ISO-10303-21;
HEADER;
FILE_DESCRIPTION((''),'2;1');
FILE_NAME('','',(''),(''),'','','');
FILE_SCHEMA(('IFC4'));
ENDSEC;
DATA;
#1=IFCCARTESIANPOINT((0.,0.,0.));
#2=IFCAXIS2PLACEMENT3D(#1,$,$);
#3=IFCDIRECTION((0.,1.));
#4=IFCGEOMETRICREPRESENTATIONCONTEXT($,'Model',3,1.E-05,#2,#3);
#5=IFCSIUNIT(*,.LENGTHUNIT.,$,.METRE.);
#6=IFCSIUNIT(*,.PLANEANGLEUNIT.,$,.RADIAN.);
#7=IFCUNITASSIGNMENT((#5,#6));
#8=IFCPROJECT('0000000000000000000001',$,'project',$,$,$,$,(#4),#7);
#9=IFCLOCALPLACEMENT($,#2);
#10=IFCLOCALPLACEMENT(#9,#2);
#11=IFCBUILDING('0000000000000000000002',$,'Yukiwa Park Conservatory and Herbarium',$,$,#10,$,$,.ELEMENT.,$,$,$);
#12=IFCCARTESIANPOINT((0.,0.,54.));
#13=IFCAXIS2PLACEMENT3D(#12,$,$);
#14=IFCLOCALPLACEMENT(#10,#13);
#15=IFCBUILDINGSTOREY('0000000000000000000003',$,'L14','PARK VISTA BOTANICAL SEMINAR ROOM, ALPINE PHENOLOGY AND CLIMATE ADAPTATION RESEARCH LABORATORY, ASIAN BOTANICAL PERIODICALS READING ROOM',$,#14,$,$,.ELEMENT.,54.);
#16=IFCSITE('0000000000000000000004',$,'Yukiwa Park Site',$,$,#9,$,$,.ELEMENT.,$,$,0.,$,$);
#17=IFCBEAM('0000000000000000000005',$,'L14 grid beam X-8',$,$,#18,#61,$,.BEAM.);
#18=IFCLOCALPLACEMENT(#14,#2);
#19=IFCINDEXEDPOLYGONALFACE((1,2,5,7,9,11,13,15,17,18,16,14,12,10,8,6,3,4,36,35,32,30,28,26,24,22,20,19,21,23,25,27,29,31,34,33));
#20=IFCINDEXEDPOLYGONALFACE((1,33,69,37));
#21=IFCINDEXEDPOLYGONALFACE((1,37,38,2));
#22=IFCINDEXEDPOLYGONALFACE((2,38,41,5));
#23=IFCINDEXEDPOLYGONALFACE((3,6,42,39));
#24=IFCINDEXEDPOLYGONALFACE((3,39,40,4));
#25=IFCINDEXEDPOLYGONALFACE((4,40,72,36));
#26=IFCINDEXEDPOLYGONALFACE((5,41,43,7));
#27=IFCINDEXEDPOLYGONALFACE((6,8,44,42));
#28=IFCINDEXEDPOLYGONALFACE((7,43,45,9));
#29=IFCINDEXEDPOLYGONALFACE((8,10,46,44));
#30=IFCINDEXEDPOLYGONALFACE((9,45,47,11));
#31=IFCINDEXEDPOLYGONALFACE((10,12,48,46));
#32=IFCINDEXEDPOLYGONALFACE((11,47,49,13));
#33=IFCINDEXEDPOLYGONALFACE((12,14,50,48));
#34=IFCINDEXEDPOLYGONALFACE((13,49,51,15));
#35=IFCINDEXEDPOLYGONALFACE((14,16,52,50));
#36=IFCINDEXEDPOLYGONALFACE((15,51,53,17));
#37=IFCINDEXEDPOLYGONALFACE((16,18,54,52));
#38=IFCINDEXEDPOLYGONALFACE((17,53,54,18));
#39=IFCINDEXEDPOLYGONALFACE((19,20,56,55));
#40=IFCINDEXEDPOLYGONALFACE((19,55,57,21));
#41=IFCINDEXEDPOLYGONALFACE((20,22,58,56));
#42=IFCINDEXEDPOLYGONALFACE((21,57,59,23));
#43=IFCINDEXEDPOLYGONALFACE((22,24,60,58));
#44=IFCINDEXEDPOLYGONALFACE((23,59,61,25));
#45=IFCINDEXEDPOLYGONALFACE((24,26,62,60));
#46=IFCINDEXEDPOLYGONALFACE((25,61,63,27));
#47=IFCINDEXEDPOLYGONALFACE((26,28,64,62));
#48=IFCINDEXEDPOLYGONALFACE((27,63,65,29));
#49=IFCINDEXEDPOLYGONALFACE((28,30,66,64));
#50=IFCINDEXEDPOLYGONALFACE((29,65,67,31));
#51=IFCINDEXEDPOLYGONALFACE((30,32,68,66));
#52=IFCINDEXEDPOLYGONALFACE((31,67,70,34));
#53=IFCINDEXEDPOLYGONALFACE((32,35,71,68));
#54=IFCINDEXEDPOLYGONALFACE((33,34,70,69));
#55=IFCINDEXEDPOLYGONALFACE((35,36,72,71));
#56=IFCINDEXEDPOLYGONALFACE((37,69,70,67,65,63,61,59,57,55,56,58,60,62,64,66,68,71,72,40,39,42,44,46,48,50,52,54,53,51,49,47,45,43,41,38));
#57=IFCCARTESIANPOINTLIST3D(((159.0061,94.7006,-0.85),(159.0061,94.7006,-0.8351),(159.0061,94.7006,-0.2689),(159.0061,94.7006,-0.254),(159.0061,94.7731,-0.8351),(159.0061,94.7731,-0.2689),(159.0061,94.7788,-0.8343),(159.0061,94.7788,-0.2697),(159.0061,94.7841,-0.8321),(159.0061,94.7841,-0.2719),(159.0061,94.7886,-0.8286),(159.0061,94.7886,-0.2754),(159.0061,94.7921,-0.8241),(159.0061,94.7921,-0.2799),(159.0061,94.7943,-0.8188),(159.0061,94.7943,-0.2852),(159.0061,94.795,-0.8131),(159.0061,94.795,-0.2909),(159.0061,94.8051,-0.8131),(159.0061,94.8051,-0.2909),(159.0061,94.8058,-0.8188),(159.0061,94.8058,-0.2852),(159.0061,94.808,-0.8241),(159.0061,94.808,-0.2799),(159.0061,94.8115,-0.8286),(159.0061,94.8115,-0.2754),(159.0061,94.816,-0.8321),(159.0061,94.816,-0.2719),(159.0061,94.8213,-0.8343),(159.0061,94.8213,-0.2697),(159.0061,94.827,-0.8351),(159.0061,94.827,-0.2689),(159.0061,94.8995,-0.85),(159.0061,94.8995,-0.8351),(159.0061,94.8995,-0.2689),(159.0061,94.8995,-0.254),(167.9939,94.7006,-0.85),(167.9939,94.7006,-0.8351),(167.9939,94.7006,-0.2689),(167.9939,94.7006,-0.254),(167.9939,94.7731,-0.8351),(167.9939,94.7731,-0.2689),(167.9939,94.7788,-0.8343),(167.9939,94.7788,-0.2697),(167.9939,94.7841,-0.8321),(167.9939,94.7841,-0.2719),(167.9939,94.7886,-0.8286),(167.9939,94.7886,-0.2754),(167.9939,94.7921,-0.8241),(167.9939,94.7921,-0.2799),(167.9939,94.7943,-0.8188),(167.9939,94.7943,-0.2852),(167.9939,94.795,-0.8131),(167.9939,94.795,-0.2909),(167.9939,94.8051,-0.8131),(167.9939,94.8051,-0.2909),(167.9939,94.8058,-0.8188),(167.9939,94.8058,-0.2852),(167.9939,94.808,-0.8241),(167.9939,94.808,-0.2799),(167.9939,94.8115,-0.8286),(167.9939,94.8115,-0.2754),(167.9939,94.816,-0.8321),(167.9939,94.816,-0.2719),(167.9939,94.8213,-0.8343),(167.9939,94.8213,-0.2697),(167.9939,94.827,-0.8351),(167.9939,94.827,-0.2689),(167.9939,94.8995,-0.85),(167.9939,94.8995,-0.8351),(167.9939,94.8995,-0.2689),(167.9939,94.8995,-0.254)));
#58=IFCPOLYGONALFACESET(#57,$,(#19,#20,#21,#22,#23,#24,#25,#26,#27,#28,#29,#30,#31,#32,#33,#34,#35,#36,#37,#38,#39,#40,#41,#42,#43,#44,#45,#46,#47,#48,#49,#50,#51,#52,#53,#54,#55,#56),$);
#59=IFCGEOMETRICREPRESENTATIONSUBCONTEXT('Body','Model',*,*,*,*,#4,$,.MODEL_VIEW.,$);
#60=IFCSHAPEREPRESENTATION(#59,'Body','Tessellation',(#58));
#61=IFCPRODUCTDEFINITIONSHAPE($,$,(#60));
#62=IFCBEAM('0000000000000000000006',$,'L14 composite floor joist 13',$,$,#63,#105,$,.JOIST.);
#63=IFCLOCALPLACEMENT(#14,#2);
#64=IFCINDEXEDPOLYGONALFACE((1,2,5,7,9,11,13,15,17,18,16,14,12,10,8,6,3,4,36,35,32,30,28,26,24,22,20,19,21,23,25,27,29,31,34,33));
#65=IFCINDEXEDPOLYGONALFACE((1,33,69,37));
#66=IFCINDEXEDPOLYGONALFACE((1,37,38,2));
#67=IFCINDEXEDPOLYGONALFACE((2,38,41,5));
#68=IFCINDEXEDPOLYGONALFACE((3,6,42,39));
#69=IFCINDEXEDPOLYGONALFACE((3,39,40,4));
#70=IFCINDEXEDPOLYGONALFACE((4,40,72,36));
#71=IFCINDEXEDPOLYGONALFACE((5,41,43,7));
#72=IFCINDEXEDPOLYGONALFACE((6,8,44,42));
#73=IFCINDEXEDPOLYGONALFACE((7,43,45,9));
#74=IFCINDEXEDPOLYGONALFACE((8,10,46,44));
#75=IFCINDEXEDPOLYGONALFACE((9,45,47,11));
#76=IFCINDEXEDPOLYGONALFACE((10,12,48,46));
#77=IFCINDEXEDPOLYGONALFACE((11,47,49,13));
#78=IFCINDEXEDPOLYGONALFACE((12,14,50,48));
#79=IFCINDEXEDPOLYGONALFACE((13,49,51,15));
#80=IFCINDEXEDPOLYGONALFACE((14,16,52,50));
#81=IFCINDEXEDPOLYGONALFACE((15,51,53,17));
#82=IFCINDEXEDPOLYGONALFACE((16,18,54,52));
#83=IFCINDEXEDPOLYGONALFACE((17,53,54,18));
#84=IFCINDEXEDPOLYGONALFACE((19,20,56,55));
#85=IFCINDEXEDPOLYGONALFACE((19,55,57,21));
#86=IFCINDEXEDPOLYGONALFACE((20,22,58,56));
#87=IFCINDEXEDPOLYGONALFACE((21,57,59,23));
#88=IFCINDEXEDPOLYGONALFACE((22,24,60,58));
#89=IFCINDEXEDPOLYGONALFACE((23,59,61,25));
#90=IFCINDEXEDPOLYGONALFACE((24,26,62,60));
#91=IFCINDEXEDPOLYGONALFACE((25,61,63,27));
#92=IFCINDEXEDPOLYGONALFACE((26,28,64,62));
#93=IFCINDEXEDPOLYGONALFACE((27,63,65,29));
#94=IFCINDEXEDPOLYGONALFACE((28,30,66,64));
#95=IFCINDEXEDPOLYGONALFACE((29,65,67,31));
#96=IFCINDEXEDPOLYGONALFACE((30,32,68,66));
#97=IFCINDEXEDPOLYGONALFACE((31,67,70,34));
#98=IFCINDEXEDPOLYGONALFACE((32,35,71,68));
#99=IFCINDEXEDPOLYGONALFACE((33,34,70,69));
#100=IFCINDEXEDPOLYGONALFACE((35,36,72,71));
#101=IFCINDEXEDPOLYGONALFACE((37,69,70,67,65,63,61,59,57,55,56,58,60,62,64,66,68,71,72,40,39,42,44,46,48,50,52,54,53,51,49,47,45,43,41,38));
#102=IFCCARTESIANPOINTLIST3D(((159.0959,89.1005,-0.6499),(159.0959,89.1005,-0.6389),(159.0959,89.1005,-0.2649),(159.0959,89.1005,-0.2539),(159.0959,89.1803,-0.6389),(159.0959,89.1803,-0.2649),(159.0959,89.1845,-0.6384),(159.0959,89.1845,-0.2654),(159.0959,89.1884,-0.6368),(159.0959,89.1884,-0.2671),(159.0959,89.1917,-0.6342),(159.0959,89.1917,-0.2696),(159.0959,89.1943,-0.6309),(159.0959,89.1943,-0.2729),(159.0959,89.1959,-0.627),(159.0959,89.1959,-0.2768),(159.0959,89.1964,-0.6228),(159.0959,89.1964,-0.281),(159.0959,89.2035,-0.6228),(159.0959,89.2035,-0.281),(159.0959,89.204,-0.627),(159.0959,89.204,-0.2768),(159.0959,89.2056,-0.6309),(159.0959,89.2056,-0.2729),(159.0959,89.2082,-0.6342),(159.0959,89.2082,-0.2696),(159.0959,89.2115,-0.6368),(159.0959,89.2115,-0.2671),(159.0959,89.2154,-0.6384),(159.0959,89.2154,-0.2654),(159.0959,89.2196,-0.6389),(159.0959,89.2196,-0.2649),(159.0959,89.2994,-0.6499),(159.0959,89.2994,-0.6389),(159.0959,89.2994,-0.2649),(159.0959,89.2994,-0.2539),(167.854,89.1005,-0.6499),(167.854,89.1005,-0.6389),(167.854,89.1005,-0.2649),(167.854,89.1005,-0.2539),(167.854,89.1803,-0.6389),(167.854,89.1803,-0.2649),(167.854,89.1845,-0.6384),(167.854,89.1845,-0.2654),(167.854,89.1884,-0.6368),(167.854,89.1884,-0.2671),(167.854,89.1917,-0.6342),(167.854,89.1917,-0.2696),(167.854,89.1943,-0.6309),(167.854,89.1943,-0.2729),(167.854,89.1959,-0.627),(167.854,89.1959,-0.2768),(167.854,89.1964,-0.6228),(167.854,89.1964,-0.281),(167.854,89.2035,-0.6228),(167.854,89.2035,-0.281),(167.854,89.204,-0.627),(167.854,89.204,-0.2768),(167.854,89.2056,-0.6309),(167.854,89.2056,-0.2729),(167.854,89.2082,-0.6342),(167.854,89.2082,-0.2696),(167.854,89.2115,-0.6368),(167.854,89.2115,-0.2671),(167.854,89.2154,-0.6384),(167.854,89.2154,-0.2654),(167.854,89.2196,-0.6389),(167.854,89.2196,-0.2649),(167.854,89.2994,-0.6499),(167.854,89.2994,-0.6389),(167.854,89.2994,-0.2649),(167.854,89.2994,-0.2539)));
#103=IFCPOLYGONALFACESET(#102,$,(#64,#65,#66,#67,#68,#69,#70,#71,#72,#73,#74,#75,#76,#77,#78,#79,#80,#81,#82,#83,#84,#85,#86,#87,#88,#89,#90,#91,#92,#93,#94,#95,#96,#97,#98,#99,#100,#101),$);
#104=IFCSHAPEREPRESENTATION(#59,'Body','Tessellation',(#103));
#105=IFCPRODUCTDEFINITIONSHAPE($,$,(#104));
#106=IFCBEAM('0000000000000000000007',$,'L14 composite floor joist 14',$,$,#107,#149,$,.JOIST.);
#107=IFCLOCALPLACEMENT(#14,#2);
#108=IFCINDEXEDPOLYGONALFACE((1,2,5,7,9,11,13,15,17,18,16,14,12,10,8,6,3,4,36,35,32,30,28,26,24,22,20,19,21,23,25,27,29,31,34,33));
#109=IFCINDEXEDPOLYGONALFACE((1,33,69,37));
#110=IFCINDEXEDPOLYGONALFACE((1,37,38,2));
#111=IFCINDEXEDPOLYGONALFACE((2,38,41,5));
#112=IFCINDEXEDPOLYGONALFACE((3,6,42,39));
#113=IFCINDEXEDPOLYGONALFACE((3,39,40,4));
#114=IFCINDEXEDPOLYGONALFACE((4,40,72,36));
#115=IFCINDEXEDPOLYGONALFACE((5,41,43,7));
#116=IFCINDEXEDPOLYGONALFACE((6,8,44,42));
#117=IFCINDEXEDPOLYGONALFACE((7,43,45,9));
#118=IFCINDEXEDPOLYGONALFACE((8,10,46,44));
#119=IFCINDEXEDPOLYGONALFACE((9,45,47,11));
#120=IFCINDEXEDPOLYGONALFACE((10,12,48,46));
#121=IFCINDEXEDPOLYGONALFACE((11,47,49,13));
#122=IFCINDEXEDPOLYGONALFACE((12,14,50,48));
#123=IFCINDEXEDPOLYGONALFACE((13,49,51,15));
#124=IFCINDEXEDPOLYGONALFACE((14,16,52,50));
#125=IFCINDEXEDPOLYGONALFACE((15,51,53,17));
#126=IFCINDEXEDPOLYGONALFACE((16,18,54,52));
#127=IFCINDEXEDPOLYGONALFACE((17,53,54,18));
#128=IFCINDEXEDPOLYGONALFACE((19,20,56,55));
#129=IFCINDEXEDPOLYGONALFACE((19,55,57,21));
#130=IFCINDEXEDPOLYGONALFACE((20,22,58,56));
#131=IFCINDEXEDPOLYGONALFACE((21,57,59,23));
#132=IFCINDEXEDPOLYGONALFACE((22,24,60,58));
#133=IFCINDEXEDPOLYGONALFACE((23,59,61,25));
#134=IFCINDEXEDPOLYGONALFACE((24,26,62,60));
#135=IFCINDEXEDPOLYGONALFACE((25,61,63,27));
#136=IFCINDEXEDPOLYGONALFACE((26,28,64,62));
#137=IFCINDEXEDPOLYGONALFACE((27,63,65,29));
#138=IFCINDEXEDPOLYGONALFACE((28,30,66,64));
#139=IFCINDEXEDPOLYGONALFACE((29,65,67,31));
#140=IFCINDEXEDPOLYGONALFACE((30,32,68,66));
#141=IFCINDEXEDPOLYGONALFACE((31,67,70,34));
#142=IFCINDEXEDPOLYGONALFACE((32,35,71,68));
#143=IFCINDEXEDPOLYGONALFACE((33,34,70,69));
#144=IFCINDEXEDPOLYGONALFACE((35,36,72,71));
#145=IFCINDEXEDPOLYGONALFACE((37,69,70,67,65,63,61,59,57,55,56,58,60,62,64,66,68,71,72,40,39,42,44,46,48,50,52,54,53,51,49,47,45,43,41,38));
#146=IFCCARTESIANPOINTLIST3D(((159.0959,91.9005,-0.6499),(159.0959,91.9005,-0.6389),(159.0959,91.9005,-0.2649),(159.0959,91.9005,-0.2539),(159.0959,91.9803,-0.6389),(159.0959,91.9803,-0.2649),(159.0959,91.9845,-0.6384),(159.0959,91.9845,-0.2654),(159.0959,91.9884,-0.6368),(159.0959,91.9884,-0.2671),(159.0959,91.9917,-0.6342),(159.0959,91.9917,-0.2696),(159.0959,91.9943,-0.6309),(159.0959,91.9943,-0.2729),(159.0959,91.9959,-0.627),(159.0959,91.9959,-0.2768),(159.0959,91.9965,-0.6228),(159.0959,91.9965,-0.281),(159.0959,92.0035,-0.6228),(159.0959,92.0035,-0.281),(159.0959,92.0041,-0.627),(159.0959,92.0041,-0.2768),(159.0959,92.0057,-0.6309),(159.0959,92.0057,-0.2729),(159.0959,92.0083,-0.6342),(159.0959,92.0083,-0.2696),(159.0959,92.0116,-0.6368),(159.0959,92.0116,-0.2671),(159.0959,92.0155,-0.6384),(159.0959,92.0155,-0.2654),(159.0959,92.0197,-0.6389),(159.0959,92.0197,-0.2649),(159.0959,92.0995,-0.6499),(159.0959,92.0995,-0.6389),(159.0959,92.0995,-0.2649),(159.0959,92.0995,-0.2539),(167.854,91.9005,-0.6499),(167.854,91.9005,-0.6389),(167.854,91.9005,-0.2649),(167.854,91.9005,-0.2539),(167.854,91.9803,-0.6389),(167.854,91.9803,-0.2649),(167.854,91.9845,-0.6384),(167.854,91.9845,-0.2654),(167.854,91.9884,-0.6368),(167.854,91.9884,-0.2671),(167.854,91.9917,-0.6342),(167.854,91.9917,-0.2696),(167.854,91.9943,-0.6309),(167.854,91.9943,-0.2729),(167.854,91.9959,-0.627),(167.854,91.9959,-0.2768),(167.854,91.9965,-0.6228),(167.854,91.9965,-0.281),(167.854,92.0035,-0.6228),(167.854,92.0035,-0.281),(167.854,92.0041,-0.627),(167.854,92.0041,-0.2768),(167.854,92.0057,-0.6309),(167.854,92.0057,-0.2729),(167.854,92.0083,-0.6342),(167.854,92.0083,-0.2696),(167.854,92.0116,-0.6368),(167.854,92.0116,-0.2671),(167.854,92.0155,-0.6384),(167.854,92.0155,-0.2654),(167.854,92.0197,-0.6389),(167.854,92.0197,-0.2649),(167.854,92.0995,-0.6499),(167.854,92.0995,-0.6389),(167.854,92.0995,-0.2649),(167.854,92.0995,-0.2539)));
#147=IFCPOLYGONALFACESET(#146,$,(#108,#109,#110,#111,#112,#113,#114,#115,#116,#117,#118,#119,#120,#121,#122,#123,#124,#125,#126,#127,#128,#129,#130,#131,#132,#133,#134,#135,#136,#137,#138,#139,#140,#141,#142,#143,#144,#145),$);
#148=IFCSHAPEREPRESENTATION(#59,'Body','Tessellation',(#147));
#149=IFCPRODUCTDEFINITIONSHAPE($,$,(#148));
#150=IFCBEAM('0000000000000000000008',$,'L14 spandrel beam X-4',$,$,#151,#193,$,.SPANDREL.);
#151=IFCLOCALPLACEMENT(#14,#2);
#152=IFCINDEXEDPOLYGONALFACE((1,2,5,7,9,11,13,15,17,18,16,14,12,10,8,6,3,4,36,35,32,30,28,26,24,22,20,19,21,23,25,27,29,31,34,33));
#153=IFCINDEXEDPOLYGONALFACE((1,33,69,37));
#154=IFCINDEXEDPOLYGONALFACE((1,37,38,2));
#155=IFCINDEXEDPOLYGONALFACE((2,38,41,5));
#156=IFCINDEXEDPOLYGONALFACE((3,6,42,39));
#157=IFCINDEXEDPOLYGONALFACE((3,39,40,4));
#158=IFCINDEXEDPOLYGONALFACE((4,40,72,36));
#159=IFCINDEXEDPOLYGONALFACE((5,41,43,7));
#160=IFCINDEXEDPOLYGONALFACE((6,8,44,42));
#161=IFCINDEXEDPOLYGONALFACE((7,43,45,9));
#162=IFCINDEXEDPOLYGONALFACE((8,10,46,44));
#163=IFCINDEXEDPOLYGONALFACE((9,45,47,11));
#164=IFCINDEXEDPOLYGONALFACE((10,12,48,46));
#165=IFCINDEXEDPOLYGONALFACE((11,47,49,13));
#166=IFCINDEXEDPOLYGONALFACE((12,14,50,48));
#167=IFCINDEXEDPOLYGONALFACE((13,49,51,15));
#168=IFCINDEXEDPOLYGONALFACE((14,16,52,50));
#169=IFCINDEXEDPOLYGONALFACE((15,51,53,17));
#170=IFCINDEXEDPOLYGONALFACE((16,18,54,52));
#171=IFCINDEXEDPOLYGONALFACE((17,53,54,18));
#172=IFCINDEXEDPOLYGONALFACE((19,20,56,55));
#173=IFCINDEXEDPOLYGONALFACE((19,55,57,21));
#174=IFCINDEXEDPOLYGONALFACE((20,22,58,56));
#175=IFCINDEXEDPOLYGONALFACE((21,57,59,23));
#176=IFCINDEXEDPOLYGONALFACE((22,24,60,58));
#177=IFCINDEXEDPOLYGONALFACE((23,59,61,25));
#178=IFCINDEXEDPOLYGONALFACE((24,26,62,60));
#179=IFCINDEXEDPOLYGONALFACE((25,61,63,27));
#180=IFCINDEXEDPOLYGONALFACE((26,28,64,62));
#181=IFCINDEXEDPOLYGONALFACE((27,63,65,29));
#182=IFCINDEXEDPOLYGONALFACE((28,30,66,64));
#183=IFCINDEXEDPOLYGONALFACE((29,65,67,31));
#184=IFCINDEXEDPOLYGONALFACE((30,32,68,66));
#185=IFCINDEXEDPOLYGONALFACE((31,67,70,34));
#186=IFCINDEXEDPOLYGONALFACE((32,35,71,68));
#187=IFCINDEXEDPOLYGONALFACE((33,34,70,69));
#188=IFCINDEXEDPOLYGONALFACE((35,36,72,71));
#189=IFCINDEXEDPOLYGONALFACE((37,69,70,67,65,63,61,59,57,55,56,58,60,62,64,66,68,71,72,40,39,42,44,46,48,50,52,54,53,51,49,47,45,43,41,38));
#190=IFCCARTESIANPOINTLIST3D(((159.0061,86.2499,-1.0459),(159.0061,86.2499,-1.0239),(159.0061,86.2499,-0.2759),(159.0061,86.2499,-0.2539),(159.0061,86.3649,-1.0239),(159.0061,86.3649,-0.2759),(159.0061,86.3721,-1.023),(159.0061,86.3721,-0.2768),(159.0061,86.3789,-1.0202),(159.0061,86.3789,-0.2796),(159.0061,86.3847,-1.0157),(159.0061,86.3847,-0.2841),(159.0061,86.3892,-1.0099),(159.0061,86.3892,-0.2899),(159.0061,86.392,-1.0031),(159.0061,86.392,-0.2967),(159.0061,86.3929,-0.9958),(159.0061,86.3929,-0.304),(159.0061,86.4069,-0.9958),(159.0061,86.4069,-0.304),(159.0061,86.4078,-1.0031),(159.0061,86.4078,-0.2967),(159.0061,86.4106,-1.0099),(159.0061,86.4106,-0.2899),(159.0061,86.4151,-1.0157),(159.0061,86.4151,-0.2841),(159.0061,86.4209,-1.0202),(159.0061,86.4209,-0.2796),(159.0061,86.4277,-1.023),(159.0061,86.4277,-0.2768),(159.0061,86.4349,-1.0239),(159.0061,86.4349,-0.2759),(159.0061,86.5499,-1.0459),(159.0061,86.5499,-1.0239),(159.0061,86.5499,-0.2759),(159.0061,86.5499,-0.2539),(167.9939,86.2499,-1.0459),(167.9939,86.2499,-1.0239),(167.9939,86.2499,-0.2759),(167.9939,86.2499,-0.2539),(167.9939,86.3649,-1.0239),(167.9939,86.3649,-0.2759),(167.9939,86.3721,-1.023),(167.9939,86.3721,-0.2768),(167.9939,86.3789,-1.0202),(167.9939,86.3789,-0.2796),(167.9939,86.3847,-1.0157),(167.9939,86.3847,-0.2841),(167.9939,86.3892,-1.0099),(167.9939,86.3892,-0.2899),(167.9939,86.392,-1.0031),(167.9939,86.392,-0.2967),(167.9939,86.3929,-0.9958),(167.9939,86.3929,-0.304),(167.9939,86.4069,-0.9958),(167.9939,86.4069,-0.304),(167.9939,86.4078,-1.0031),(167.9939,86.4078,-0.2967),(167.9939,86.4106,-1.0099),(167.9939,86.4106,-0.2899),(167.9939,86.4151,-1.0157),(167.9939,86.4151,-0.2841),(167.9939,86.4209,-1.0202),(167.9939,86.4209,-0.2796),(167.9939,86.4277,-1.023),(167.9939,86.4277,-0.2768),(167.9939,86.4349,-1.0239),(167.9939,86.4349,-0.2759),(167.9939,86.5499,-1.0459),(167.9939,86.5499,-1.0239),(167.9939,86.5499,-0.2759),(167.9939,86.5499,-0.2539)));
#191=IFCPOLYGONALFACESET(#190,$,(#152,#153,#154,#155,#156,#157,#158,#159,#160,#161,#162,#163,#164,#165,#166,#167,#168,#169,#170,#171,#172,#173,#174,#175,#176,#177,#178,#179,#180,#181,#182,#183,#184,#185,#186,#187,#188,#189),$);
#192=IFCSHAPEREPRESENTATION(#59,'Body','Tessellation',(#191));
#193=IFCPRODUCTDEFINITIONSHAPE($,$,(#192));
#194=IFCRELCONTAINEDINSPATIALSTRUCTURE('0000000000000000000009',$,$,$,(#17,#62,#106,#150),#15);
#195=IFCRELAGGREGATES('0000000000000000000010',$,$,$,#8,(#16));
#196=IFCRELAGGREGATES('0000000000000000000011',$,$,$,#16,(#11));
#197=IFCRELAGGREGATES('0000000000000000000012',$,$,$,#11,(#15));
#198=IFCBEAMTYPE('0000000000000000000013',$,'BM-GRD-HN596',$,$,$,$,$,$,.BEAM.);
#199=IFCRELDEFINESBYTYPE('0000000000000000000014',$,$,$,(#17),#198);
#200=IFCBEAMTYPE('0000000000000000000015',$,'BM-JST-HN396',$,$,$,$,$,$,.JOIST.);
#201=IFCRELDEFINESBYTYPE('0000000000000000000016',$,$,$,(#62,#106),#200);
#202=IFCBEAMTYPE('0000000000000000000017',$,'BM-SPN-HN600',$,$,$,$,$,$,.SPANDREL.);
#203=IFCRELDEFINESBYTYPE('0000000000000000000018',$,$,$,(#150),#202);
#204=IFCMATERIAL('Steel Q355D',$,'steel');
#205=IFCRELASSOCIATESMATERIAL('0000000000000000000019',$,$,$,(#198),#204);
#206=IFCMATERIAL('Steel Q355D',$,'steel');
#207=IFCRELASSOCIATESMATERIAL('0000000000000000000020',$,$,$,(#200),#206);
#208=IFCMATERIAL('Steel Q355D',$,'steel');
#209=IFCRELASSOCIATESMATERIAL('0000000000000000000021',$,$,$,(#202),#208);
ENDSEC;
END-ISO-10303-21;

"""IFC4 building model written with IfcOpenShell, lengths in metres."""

from ifc_helpers import new_model, si_unit, direction, frame, origin, origin_2d, place, context, subcontext, project, spatial, i_section, extrude, material, material_profile, profile_set, type_object, element, save


model = new_model("IFC4")

# Units and contexts
model_context = context("Model", 3, precision=1e-05, world=origin(), true_north=direction((0.0, 1.0)))
body_context = subcontext(model_context, "Body", "Model", "MODEL_VIEW")
ifc_project = project(units=[si_unit("LENGTHUNIT", "METRE"), si_unit("PLANEANGLEUNIT", "RADIAN")], contexts=[model_context])

# Site, building, storey
site_placement = place(None, origin())
site = spatial("IfcSite", under=ifc_project, at=site_placement, Name="Yukiwa Park Site", CompositionType="ELEMENT", RefElevation=0.0)
building_placement = place(site_placement, origin())
building = spatial("IfcBuilding", under=site, at=building_placement, Name="Yukiwa Park Conservatory and Herbarium", CompositionType="ELEMENT")
storey_placement = place(building_placement, frame((0.0, 0.0, 54.0)))
storey = spatial("IfcBuildingStorey", under=building, at=storey_placement, Name="L14", Description="PARK VISTA BOTANICAL SEMINAR ROOM, ALPINE PHENOLOGY AND CLIMATE ADAPTATION RESEARCH LABORATORY, ASIAN BOTANICAL PERIODICALS READING ROOM", CompositionType="ELEMENT", Elevation=54.0)

# Beams
ifc_material_1 = material(Name="Steel Q355D", Category="steel")
ifc_material_profile_1 = material_profile(ifc_material_1, i_section(OverallWidth=0.199, OverallDepth=0.5959, WebThickness=0.01, FlangeThickness=0.0149, FilletRadius=0.022, at=origin_2d()), Name="HN 596x199x10x15")
ifc_profile_set_1 = profile_set([ifc_material_profile_1], Name="Steel Q355D")
beam_type_1 = type_object("IfcBeamType", Name="BM-GRD-HN596", PredefinedType="BEAM", material=ifc_profile_set_1)
beam_1_placement = place(storey_placement, frame((159.0061, 94.8, -0.552), z_axis=(1.0, 0.0, 0.0), x_axis=(0.0, 1.0, 0.0)))
element("IfcBeam", 1, at=beam_1_placement, inside=storey, type_object=beam_type_1, Name="L14 grid beam X-8", PredefinedType="BEAM", context=body_context, shape_type="SweptSolid", body=[
    extrude(i_section(OverallWidth=0.199, OverallDepth=0.5959, WebThickness=0.01, FlangeThickness=0.0149, FilletRadius=0.022, at=origin_2d()), origin(), (0.0, 0.0, 1.0), 8.9878),
])
ifc_material_2 = material(Name="Steel Q355D", Category="steel")
ifc_material_profile_2 = material_profile(ifc_material_2, i_section(OverallWidth=0.199, OverallDepth=0.396, WebThickness=0.0071, FlangeThickness=0.011, FilletRadius=0.0161, at=origin_2d()), Name="HN 396x199x7x11")
ifc_profile_set_2 = profile_set([ifc_material_profile_2], Name="Steel Q355D")
beam_type_2 = type_object("IfcBeamType", Name="BM-JST-HN396", PredefinedType="JOIST", material=ifc_profile_set_2)
for number, where, z_axis, x_axis, name in (
    (2, (159.0959, 89.2, -0.4519), (1.0, 0.0, 0.0), (0.0, 1.0, 0.0), "L14 composite floor joist 13"),
    (3, (159.0959, 92.0, -0.4519), (1.0, 0.0, 0.0), (0.0, 1.0, 0.0), "L14 composite floor joist 14"),
):
    element("IfcBeam", number, at=place(storey_placement, frame(where, z_axis=z_axis, x_axis=x_axis)), inside=storey, type_object=beam_type_2, Name=name, PredefinedType="JOIST", context=body_context, shape_type="SweptSolid", body=[
        extrude(i_section(OverallWidth=0.199, OverallDepth=0.396, WebThickness=0.0071, FlangeThickness=0.011, FilletRadius=0.0161, at=origin_2d()), origin(), (0.0, 0.0, 1.0), 8.7581),
    ])
ifc_material_3 = material(Name="Steel Q355D", Category="steel")
ifc_material_profile_3 = material_profile(ifc_material_3, i_section(OverallWidth=0.3, OverallDepth=0.792, WebThickness=0.0139, FlangeThickness=0.022, FilletRadius=0.0281, at=origin_2d()), Name="HN 792x300x14x22")
ifc_profile_set_3 = profile_set([ifc_material_profile_3], Name="Steel Q355D")
beam_type_3 = type_object("IfcBeamType", Name="BM-SPN-HN600", PredefinedType="SPANDREL", material=ifc_profile_set_3)
beam_2_placement = place(storey_placement, frame((159.0061, 86.3999, -0.6499), z_axis=(1.0, 0.0, 0.0), x_axis=(0.0, 1.0, 0.0)))
element("IfcBeam", 4, at=beam_2_placement, inside=storey, type_object=beam_type_3, Name="L14 spandrel beam X-4", PredefinedType="SPANDREL", context=body_context, shape_type="SweptSolid", body=[
    extrude(i_section(OverallWidth=0.3, OverallDepth=0.792, WebThickness=0.0139, FlangeThickness=0.022, FilletRadius=0.0281, at=origin_2d()), origin(), (0.0, 0.0, 1.0), 8.9878),
])

save(model, "model.ifc")
